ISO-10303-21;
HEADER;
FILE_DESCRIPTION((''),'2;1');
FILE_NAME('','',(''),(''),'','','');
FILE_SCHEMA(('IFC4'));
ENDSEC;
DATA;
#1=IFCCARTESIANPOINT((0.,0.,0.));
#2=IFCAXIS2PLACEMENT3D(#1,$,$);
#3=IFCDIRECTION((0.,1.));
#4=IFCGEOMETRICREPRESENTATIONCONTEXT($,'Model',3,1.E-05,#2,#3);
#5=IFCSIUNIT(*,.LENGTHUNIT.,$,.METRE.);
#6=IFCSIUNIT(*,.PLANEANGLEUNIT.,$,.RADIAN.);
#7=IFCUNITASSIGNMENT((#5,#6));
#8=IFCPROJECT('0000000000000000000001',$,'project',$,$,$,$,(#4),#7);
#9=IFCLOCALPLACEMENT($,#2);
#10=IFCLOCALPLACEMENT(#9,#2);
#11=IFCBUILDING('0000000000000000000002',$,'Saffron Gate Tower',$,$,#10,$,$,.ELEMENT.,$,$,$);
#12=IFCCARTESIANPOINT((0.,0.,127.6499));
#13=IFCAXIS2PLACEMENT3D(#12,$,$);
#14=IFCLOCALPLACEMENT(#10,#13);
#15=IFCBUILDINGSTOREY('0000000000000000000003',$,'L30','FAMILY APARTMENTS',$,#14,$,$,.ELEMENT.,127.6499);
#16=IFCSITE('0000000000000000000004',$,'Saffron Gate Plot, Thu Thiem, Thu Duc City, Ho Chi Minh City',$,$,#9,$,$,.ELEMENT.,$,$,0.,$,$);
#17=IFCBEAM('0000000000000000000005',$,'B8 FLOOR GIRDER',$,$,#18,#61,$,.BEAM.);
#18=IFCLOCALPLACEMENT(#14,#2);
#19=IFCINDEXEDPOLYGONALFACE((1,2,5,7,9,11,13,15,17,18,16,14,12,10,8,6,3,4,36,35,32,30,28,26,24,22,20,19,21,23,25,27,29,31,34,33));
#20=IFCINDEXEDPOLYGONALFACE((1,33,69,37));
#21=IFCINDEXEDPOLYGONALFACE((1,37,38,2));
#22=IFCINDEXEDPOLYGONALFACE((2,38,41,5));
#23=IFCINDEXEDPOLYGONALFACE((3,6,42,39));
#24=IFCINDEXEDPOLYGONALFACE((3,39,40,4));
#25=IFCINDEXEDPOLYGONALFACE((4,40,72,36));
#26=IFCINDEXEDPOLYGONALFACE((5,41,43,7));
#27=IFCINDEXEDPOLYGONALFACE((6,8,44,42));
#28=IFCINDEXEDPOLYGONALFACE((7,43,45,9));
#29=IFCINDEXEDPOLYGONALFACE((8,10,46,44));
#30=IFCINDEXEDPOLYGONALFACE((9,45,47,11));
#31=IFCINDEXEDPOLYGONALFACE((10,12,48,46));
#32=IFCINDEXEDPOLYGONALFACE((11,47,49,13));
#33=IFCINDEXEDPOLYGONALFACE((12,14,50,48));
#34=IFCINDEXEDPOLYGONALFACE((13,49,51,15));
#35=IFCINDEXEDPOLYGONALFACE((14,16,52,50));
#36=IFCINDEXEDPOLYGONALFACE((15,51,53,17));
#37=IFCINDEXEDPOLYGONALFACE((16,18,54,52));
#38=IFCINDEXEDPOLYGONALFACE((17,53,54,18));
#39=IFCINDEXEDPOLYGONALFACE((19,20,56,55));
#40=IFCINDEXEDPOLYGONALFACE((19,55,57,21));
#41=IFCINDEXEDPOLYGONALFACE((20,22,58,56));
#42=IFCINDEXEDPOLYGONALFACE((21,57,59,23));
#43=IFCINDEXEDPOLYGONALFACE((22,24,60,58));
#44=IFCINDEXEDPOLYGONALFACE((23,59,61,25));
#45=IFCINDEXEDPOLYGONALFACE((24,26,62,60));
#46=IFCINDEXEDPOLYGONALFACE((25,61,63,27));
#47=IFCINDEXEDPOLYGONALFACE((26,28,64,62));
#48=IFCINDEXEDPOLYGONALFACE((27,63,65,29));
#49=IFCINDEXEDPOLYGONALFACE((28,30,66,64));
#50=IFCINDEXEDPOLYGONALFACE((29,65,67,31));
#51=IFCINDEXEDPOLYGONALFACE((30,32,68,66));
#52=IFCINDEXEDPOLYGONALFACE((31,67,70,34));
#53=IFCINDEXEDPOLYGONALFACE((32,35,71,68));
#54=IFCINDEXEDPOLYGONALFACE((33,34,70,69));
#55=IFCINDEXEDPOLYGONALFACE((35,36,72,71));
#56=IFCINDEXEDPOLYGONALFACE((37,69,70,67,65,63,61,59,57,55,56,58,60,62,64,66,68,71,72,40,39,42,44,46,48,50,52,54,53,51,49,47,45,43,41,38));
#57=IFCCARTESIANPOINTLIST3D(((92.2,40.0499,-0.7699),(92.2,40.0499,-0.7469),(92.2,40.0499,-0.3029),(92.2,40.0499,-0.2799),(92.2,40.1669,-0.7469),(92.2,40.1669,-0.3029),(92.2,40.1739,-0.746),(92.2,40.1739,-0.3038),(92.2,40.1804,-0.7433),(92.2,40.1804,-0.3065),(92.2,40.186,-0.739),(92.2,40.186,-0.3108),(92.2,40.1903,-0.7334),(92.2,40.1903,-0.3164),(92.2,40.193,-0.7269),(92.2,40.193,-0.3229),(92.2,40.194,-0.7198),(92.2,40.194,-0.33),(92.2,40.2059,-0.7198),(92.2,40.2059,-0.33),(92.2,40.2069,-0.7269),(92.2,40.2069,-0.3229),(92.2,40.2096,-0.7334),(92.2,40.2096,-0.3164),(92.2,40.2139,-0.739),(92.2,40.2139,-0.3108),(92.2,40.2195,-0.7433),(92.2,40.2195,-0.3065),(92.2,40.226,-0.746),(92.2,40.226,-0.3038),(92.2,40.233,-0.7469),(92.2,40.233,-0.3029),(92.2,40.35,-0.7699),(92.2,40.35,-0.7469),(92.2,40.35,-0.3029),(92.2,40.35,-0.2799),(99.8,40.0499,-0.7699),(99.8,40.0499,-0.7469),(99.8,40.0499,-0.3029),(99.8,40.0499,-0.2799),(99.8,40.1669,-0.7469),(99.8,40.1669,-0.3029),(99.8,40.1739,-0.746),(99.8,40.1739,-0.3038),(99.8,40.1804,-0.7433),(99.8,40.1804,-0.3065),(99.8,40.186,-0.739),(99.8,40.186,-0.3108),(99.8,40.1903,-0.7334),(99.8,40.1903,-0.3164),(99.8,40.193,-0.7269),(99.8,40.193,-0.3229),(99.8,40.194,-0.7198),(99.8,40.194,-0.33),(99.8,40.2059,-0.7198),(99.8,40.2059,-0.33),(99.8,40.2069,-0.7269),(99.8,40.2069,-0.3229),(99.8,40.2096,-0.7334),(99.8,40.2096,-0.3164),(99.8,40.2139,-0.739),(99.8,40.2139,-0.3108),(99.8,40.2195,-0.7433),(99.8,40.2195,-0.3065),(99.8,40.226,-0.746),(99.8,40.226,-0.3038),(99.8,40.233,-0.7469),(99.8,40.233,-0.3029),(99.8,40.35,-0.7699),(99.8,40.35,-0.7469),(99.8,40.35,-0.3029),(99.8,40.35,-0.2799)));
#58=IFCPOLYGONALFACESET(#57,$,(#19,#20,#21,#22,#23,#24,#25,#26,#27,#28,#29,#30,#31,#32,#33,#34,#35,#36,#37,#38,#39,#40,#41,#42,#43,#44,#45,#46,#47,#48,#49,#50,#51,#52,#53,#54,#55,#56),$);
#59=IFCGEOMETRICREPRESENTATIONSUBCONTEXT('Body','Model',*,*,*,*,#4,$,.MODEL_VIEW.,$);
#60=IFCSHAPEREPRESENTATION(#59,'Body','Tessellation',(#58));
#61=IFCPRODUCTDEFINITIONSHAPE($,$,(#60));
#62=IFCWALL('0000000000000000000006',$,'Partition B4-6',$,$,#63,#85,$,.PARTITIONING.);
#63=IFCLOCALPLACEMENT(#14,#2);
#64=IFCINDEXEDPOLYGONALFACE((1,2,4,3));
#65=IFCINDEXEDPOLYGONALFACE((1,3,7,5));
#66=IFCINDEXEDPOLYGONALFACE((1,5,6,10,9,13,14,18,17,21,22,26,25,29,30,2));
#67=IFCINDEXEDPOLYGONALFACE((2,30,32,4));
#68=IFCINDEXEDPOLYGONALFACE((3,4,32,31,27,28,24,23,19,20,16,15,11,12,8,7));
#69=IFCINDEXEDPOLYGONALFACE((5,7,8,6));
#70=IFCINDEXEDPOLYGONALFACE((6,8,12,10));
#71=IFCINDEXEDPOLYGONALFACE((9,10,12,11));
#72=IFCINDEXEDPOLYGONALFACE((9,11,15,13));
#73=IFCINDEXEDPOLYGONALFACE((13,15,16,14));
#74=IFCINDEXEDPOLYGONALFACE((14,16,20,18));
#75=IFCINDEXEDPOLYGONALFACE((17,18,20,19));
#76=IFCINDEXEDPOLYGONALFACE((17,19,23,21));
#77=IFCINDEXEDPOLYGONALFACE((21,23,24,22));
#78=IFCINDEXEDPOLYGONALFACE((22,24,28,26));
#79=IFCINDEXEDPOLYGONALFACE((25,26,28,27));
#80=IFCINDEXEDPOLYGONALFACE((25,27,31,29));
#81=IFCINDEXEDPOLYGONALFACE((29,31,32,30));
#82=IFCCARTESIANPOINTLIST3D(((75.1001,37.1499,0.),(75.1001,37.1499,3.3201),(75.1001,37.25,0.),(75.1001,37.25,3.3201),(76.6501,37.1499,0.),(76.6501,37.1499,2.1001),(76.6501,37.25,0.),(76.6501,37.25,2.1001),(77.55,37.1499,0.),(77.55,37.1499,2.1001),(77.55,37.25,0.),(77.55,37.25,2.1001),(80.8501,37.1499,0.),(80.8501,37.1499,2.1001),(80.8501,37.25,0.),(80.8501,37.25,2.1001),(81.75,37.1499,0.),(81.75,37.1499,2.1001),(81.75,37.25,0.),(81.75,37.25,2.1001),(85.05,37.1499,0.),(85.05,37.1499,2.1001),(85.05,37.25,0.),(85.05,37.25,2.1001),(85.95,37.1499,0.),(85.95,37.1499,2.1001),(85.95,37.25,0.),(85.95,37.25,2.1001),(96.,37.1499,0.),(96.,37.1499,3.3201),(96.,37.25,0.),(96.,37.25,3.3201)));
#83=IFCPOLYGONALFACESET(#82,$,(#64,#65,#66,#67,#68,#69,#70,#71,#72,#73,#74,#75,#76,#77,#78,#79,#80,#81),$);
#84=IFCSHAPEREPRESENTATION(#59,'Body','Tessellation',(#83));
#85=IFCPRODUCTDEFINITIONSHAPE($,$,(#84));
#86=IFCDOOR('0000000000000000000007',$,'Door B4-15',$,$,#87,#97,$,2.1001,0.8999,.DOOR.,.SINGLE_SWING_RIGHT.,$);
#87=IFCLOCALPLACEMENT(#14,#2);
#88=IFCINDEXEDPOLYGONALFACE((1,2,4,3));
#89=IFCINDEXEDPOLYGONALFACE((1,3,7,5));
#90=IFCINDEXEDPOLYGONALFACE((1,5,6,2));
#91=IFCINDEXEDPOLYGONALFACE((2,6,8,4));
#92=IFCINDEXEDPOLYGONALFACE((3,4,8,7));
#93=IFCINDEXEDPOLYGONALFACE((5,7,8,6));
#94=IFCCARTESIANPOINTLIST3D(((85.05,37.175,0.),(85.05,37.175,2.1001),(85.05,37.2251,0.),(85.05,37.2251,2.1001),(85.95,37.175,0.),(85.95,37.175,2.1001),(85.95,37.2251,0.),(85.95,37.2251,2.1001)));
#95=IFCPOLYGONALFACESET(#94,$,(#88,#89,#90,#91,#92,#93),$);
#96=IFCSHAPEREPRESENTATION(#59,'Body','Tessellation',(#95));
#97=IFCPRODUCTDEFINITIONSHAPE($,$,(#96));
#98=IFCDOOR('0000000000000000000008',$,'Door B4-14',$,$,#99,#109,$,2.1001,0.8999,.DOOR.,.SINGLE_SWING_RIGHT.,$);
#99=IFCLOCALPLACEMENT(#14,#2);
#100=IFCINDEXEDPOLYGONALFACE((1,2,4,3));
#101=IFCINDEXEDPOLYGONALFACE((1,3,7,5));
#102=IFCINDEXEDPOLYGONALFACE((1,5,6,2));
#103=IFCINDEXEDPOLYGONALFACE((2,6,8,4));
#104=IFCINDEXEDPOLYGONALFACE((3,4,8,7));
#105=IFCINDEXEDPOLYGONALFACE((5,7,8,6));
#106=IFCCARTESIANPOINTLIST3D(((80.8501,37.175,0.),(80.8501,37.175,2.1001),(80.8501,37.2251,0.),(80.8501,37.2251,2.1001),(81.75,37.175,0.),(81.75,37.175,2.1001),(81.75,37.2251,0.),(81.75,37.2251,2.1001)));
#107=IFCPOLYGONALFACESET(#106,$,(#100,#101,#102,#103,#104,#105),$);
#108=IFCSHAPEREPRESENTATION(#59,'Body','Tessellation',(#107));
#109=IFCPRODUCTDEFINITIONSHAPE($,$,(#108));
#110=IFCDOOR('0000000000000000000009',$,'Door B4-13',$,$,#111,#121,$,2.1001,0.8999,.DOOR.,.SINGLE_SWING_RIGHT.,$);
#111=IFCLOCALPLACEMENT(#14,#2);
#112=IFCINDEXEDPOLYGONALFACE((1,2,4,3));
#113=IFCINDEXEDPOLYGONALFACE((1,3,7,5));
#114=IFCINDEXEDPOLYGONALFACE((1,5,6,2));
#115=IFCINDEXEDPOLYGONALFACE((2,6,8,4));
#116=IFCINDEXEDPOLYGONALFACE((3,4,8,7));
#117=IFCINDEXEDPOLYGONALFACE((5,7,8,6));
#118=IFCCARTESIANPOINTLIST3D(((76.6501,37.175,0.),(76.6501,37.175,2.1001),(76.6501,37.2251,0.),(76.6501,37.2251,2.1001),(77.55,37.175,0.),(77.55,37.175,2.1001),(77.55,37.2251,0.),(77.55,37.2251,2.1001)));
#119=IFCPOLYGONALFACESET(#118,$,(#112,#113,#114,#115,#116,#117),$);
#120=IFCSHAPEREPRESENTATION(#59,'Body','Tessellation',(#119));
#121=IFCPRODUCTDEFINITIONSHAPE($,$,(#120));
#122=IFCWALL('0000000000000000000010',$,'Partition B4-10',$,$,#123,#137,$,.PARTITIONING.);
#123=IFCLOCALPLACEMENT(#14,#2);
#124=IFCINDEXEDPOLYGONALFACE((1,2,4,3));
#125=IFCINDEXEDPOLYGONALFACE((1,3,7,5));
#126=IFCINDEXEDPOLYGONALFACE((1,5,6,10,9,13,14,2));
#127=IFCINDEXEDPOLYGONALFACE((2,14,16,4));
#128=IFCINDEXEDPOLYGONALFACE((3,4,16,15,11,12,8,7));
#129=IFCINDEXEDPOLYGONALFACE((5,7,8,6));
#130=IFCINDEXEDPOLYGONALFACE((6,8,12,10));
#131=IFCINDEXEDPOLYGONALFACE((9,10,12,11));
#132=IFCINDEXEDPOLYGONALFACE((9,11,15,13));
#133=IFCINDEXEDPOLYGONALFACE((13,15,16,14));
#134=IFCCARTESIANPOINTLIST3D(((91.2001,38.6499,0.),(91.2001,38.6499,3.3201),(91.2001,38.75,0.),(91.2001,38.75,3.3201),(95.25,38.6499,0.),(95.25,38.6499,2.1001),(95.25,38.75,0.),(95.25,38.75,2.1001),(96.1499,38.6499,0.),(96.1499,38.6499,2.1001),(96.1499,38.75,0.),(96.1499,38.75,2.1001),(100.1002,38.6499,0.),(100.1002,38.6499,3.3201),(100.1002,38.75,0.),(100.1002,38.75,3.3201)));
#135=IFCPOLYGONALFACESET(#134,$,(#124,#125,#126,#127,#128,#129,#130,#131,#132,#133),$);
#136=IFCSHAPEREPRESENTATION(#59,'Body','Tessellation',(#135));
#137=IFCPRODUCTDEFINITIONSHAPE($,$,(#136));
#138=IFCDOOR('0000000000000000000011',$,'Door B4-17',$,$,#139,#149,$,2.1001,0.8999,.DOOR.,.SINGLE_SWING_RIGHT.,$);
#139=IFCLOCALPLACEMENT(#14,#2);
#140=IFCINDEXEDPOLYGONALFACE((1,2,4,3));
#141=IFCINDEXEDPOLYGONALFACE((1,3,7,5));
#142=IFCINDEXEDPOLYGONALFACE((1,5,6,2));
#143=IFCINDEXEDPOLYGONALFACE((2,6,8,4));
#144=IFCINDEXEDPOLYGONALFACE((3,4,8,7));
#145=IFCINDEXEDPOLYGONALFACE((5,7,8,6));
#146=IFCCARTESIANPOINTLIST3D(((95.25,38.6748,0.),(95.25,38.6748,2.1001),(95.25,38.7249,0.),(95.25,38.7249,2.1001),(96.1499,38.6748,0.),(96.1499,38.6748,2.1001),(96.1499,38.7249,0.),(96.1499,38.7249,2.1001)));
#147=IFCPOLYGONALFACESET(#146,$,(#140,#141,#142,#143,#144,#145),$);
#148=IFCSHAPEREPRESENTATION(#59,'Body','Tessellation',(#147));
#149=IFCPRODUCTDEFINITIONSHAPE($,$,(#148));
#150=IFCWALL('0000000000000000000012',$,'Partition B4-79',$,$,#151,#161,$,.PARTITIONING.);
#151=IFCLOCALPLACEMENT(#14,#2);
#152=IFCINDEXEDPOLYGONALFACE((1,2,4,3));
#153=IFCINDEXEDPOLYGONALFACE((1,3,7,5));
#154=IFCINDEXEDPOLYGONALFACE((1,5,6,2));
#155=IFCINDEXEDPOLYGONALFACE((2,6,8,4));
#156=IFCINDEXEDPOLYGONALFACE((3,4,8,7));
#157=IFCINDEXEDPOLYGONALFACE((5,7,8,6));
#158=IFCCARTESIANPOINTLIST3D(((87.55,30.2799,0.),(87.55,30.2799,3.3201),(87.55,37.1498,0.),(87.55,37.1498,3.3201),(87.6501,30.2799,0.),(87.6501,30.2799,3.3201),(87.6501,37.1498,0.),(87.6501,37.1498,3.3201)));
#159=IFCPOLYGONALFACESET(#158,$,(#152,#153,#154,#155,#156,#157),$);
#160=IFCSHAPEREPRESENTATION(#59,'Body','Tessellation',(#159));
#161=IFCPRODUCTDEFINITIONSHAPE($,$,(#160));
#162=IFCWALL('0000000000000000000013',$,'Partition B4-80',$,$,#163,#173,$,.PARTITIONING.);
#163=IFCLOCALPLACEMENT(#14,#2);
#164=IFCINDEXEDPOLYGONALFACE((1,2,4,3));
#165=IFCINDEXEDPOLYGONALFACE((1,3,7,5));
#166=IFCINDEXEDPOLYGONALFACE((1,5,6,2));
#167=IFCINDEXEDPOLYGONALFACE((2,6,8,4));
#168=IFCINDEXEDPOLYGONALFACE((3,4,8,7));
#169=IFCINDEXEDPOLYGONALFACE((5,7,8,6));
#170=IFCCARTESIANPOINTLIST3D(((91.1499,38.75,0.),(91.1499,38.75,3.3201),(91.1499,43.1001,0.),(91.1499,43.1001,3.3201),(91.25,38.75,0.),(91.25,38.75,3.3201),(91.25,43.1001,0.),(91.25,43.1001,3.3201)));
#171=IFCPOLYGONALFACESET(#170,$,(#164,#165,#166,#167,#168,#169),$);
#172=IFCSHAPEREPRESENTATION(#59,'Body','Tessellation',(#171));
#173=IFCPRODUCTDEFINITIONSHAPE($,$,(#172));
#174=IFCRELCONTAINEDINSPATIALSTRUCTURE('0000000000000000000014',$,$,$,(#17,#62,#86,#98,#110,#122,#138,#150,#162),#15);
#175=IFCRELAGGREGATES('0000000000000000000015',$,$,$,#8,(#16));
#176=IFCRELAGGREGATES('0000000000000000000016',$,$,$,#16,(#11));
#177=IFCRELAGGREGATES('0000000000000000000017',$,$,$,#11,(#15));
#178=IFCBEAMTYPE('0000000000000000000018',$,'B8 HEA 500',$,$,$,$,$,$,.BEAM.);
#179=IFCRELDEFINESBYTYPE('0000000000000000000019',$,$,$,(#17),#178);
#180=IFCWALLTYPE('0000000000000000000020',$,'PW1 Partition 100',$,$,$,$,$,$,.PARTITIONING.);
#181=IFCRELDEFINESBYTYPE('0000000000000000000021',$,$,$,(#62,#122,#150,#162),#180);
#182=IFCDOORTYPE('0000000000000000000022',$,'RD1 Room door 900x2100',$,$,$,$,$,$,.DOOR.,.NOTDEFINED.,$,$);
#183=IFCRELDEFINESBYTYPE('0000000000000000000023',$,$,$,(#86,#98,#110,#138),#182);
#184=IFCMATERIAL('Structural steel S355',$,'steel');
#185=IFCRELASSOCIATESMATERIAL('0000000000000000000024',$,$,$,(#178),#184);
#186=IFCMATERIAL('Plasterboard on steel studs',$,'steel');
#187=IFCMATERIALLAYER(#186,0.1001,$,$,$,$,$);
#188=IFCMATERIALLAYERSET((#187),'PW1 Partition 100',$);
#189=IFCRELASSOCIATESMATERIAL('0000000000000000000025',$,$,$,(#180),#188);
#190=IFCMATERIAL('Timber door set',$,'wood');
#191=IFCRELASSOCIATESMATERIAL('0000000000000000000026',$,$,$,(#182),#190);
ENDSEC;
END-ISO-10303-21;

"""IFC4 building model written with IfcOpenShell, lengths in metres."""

from ifc_helpers import new_model, si_unit, direction, frame, frame_2d, origin, origin_2d, place, context, subcontext, project, spatial, rectangle, i_section, extrude, material, layer, layer_set, material_profile, profile_set, type_object, element, fill, save


model = new_model("IFC4")

# Units and contexts
model_context = context("Model", 3, precision=1e-05, world=origin(), true_north=direction((0.0, 1.0)))
body_context = subcontext(model_context, "Body", "Model", "MODEL_VIEW")
ifc_project = project(units=[si_unit("LENGTHUNIT", "METRE"), si_unit("PLANEANGLEUNIT", "RADIAN")], contexts=[model_context])

# Site, building, storey
site_placement = place(None, origin())
site = spatial("IfcSite", under=ifc_project, at=site_placement, Name="Saffron Gate Plot, Thu Thiem, Thu Duc City, Ho Chi Minh City", CompositionType="ELEMENT", RefElevation=0.0)
building_placement = place(site_placement, origin())
building = spatial("IfcBuilding", under=site, at=building_placement, Name="Saffron Gate Tower", CompositionType="ELEMENT")
storey_placement = place(building_placement, frame((0.0, 0.0, 127.6499)))
storey = spatial("IfcBuildingStorey", under=building, at=storey_placement, Name="L30", Description="FAMILY APARTMENTS", CompositionType="ELEMENT", Elevation=127.6499)

# Beam
ifc_material_1 = material(Name="Structural steel S355", Category="steel")
ifc_material_profile_1 = material_profile(ifc_material_1, i_section(OverallWidth=0.3, OverallDepth=0.49, WebThickness=0.012, FlangeThickness=0.0229, FilletRadius=0.0271, at=origin_2d()))
ifc_profile_set_1 = profile_set([ifc_material_profile_1], Name="Structural steel S355")
beam_type_1 = type_object("IfcBeamType", Name="B8 HEA 500", PredefinedType="BEAM", material=ifc_profile_set_1)
beam_1_placement = place(storey_placement, frame((92.2, 40.2, -0.5249), z_axis=(1.0, 0.0, 0.0), x_axis=(0.0, 1.0, 0.0)))
element("IfcBeam", 1, at=beam_1_placement, inside=storey, type_object=beam_type_1, Name="B8 FLOOR GIRDER", PredefinedType="BEAM", context=body_context, shape_type="SweptSolid", body=[
    extrude(i_section(OverallWidth=0.3, OverallDepth=0.49, WebThickness=0.012, FlangeThickness=0.0229, FilletRadius=0.0271, at=origin_2d()), origin(), (0.0, 0.0, 1.0), 7.6001),
])

# Wall, openings, doors
ifc_material_2 = material(Name="Plasterboard on steel studs", Category="steel")
ifc_layer = layer(ifc_material_2, 0.1001)
ifc_layer_set = layer_set([ifc_layer], Name="PW1 Partition 100")
wall_type = type_object("IfcWallType", Name="PW1 Partition 100", PredefinedType="PARTITIONING", material=ifc_layer_set)
wall_1_placement = place(storey_placement, frame((96.0, 37.2, 0.0), z_axis=(0.0, 0.0, 1.0), x_axis=(-1.0, 0.0, 0.0)))
wall_1 = element("IfcWall", 2, at=wall_1_placement, inside=storey, type_object=wall_type, Name="Partition B4-6", PredefinedType="PARTITIONING", context=body_context, shape_type="SweptSolid", body=[
    extrude(rectangle(XDim=20.8999, YDim=0.1001, at=frame_2d((10.45, 0.0))), origin(), (0.0, 0.0, 1.0), 3.3201),
])
opening_1_placement = place(wall_1_placement, frame((10.05, 0.0, 0.0)))
opening_1 = element("IfcOpeningElement", 3, at=opening_1_placement, cuts=wall_1, PredefinedType="OPENING", context=body_context, shape_type="SweptSolid", body=[
    extrude(rectangle(XDim=0.8999, YDim=2.1001, at=frame_2d((0.45, 1.05))), frame((0.0, 0.0601, 0.0), z_axis=(0.0, -1.0, 0.0), x_axis=(1.0, 0.0, 0.0)), (0.0, 0.0, 1.0), 0.1201),
])
opening_2_placement = place(wall_1_placement, frame((14.25, 0.0, 0.0)))
opening_2 = element("IfcOpeningElement", 4, at=opening_2_placement, cuts=wall_1, PredefinedType="OPENING", context=body_context, shape_type="SweptSolid", body=[
    extrude(rectangle(XDim=0.8999, YDim=2.1001, at=frame_2d((0.45, 1.05))), frame((0.0, 0.0601, 0.0), z_axis=(0.0, -1.0, 0.0), x_axis=(1.0, 0.0, 0.0)), (0.0, 0.0, 1.0), 0.1201),
])
opening_3_placement = place(wall_1_placement, frame((18.45, 0.0, 0.0)))
opening_3 = element("IfcOpeningElement", 5, at=opening_3_placement, cuts=wall_1, PredefinedType="OPENING", context=body_context, shape_type="SweptSolid", body=[
    extrude(rectangle(XDim=0.8999, YDim=2.1001, at=frame_2d((0.45, 1.05))), frame((0.0, 0.0601, 0.0), z_axis=(0.0, -1.0, 0.0), x_axis=(1.0, 0.0, 0.0)), (0.0, 0.0, 1.0), 0.1201),
])
ifc_material_3 = material(Name="Timber door set", Category="wood")
door_type = type_object("IfcDoorType", Name="RD1 Room door 900x2100", OperationType="NOTDEFINED", PredefinedType="DOOR", material=ifc_material_3)
door_1_placement = place(opening_1_placement, origin())
door_1 = element("IfcDoor", 6, at=door_1_placement, inside=storey, type_object=door_type, Name="Door B4-15", OperationType="SINGLE_SWING_RIGHT", OverallHeight=2.1001, OverallWidth=0.8999, PredefinedType="DOOR", context=body_context, shape_type="SweptSolid", body=[
    extrude(rectangle(XDim=0.8999, YDim=2.1001, at=frame_2d((0.45, 1.05))), frame((0.0, 0.0249, 0.0), z_axis=(0.0, -1.0, 0.0), x_axis=(1.0, 0.0, 0.0)), (0.0, 0.0, 1.0), 0.05),
])
fill(opening_1, door_1)
door_2_placement = place(opening_2_placement, origin())
door_2 = element("IfcDoor", 7, at=door_2_placement, inside=storey, type_object=door_type, Name="Door B4-14", OperationType="SINGLE_SWING_RIGHT", OverallHeight=2.1001, OverallWidth=0.8999, PredefinedType="DOOR", context=body_context, shape_type="SweptSolid", body=[
    extrude(rectangle(XDim=0.8999, YDim=2.1001, at=frame_2d((0.45, 1.05))), frame((0.0, 0.0249, 0.0), z_axis=(0.0, -1.0, 0.0), x_axis=(1.0, 0.0, 0.0)), (0.0, 0.0, 1.0), 0.05),
])
fill(opening_2, door_2)
door_3_placement = place(opening_3_placement, origin())
door_3 = element("IfcDoor", 8, at=door_3_placement, inside=storey, type_object=door_type, Name="Door B4-13", OperationType="SINGLE_SWING_RIGHT", OverallHeight=2.1001, OverallWidth=0.8999, PredefinedType="DOOR", context=body_context, shape_type="SweptSolid", body=[
    extrude(rectangle(XDim=0.8999, YDim=2.1001, at=frame_2d((0.45, 1.05))), frame((0.0, 0.0249, 0.0), z_axis=(0.0, -1.0, 0.0), x_axis=(1.0, 0.0, 0.0)), (0.0, 0.0, 1.0), 0.05),
])
fill(opening_3, door_3)

# Wall, opening, door
wall_2_placement = place(storey_placement, frame((91.2, 38.7, 0.0), z_axis=(0.0, 0.0, 1.0), x_axis=(1.0, 0.0, 0.0)))
wall_2 = element("IfcWall", 9, at=wall_2_placement, inside=storey, type_object=wall_type, Name="Partition B4-10", PredefinedType="PARTITIONING", context=body_context, shape_type="SweptSolid", body=[
    extrude(rectangle(XDim=8.9001, YDim=0.1001, at=frame_2d((4.4502, 0.0))), origin(), (0.0, 0.0, 1.0), 3.3201),
])
opening_4_placement = place(wall_2_placement, frame((4.05, 0.0, 0.0)))
opening_4 = element("IfcOpeningElement", 10, at=opening_4_placement, cuts=wall_2, PredefinedType="OPENING", context=body_context, shape_type="SweptSolid", body=[
    extrude(rectangle(XDim=0.8999, YDim=2.1001, at=frame_2d((0.45, 1.05))), frame((0.0, 0.0601, 0.0), z_axis=(0.0, -1.0, 0.0), x_axis=(1.0, 0.0, 0.0)), (0.0, 0.0, 1.0), 0.1201),
])
door_4_placement = place(opening_4_placement, origin())
door_4 = element("IfcDoor", 11, at=door_4_placement, inside=storey, type_object=door_type, Name="Door B4-17", OperationType="SINGLE_SWING_RIGHT", OverallHeight=2.1001, OverallWidth=0.8999, PredefinedType="DOOR", context=body_context, shape_type="SweptSolid", body=[
    extrude(rectangle(XDim=0.8999, YDim=2.1001, at=frame_2d((0.45, 1.05))), frame((0.0, 0.0249, 0.0), z_axis=(0.0, -1.0, 0.0), x_axis=(1.0, 0.0, 0.0)), (0.0, 0.0, 1.0), 0.05),
])
fill(opening_4, door_4)

# Walls
wall_3_placement = place(storey_placement, frame((87.6001, 37.1499, 0.0), z_axis=(0.0, 0.0, 1.0), x_axis=(0.0, -1.0, 0.0)))
element("IfcWall", 12, at=wall_3_placement, inside=storey, type_object=wall_type, Name="Partition B4-79", PredefinedType="PARTITIONING", context=body_context, shape_type="SweptSolid", body=[
    extrude(rectangle(XDim=6.8699, YDim=0.1001, at=frame_2d((3.4351, 0.0))), origin(), (0.0, 0.0, 1.0), 3.3201),
])
wall_4_placement = place(storey_placement, frame((91.2, 43.1001, 0.0), z_axis=(0.0, 0.0, 1.0), x_axis=(0.0, -1.0, 0.0)))
element("IfcWall", 13, at=wall_4_placement, inside=storey, type_object=wall_type, Name="Partition B4-80", PredefinedType="PARTITIONING", context=body_context, shape_type="SweptSolid", body=[
    extrude(rectangle(XDim=4.3501, YDim=0.1001, at=frame_2d((2.175, 0.0))), origin(), (0.0, 0.0, 1.0), 3.3201),
])

save(model, "model.ifc")
